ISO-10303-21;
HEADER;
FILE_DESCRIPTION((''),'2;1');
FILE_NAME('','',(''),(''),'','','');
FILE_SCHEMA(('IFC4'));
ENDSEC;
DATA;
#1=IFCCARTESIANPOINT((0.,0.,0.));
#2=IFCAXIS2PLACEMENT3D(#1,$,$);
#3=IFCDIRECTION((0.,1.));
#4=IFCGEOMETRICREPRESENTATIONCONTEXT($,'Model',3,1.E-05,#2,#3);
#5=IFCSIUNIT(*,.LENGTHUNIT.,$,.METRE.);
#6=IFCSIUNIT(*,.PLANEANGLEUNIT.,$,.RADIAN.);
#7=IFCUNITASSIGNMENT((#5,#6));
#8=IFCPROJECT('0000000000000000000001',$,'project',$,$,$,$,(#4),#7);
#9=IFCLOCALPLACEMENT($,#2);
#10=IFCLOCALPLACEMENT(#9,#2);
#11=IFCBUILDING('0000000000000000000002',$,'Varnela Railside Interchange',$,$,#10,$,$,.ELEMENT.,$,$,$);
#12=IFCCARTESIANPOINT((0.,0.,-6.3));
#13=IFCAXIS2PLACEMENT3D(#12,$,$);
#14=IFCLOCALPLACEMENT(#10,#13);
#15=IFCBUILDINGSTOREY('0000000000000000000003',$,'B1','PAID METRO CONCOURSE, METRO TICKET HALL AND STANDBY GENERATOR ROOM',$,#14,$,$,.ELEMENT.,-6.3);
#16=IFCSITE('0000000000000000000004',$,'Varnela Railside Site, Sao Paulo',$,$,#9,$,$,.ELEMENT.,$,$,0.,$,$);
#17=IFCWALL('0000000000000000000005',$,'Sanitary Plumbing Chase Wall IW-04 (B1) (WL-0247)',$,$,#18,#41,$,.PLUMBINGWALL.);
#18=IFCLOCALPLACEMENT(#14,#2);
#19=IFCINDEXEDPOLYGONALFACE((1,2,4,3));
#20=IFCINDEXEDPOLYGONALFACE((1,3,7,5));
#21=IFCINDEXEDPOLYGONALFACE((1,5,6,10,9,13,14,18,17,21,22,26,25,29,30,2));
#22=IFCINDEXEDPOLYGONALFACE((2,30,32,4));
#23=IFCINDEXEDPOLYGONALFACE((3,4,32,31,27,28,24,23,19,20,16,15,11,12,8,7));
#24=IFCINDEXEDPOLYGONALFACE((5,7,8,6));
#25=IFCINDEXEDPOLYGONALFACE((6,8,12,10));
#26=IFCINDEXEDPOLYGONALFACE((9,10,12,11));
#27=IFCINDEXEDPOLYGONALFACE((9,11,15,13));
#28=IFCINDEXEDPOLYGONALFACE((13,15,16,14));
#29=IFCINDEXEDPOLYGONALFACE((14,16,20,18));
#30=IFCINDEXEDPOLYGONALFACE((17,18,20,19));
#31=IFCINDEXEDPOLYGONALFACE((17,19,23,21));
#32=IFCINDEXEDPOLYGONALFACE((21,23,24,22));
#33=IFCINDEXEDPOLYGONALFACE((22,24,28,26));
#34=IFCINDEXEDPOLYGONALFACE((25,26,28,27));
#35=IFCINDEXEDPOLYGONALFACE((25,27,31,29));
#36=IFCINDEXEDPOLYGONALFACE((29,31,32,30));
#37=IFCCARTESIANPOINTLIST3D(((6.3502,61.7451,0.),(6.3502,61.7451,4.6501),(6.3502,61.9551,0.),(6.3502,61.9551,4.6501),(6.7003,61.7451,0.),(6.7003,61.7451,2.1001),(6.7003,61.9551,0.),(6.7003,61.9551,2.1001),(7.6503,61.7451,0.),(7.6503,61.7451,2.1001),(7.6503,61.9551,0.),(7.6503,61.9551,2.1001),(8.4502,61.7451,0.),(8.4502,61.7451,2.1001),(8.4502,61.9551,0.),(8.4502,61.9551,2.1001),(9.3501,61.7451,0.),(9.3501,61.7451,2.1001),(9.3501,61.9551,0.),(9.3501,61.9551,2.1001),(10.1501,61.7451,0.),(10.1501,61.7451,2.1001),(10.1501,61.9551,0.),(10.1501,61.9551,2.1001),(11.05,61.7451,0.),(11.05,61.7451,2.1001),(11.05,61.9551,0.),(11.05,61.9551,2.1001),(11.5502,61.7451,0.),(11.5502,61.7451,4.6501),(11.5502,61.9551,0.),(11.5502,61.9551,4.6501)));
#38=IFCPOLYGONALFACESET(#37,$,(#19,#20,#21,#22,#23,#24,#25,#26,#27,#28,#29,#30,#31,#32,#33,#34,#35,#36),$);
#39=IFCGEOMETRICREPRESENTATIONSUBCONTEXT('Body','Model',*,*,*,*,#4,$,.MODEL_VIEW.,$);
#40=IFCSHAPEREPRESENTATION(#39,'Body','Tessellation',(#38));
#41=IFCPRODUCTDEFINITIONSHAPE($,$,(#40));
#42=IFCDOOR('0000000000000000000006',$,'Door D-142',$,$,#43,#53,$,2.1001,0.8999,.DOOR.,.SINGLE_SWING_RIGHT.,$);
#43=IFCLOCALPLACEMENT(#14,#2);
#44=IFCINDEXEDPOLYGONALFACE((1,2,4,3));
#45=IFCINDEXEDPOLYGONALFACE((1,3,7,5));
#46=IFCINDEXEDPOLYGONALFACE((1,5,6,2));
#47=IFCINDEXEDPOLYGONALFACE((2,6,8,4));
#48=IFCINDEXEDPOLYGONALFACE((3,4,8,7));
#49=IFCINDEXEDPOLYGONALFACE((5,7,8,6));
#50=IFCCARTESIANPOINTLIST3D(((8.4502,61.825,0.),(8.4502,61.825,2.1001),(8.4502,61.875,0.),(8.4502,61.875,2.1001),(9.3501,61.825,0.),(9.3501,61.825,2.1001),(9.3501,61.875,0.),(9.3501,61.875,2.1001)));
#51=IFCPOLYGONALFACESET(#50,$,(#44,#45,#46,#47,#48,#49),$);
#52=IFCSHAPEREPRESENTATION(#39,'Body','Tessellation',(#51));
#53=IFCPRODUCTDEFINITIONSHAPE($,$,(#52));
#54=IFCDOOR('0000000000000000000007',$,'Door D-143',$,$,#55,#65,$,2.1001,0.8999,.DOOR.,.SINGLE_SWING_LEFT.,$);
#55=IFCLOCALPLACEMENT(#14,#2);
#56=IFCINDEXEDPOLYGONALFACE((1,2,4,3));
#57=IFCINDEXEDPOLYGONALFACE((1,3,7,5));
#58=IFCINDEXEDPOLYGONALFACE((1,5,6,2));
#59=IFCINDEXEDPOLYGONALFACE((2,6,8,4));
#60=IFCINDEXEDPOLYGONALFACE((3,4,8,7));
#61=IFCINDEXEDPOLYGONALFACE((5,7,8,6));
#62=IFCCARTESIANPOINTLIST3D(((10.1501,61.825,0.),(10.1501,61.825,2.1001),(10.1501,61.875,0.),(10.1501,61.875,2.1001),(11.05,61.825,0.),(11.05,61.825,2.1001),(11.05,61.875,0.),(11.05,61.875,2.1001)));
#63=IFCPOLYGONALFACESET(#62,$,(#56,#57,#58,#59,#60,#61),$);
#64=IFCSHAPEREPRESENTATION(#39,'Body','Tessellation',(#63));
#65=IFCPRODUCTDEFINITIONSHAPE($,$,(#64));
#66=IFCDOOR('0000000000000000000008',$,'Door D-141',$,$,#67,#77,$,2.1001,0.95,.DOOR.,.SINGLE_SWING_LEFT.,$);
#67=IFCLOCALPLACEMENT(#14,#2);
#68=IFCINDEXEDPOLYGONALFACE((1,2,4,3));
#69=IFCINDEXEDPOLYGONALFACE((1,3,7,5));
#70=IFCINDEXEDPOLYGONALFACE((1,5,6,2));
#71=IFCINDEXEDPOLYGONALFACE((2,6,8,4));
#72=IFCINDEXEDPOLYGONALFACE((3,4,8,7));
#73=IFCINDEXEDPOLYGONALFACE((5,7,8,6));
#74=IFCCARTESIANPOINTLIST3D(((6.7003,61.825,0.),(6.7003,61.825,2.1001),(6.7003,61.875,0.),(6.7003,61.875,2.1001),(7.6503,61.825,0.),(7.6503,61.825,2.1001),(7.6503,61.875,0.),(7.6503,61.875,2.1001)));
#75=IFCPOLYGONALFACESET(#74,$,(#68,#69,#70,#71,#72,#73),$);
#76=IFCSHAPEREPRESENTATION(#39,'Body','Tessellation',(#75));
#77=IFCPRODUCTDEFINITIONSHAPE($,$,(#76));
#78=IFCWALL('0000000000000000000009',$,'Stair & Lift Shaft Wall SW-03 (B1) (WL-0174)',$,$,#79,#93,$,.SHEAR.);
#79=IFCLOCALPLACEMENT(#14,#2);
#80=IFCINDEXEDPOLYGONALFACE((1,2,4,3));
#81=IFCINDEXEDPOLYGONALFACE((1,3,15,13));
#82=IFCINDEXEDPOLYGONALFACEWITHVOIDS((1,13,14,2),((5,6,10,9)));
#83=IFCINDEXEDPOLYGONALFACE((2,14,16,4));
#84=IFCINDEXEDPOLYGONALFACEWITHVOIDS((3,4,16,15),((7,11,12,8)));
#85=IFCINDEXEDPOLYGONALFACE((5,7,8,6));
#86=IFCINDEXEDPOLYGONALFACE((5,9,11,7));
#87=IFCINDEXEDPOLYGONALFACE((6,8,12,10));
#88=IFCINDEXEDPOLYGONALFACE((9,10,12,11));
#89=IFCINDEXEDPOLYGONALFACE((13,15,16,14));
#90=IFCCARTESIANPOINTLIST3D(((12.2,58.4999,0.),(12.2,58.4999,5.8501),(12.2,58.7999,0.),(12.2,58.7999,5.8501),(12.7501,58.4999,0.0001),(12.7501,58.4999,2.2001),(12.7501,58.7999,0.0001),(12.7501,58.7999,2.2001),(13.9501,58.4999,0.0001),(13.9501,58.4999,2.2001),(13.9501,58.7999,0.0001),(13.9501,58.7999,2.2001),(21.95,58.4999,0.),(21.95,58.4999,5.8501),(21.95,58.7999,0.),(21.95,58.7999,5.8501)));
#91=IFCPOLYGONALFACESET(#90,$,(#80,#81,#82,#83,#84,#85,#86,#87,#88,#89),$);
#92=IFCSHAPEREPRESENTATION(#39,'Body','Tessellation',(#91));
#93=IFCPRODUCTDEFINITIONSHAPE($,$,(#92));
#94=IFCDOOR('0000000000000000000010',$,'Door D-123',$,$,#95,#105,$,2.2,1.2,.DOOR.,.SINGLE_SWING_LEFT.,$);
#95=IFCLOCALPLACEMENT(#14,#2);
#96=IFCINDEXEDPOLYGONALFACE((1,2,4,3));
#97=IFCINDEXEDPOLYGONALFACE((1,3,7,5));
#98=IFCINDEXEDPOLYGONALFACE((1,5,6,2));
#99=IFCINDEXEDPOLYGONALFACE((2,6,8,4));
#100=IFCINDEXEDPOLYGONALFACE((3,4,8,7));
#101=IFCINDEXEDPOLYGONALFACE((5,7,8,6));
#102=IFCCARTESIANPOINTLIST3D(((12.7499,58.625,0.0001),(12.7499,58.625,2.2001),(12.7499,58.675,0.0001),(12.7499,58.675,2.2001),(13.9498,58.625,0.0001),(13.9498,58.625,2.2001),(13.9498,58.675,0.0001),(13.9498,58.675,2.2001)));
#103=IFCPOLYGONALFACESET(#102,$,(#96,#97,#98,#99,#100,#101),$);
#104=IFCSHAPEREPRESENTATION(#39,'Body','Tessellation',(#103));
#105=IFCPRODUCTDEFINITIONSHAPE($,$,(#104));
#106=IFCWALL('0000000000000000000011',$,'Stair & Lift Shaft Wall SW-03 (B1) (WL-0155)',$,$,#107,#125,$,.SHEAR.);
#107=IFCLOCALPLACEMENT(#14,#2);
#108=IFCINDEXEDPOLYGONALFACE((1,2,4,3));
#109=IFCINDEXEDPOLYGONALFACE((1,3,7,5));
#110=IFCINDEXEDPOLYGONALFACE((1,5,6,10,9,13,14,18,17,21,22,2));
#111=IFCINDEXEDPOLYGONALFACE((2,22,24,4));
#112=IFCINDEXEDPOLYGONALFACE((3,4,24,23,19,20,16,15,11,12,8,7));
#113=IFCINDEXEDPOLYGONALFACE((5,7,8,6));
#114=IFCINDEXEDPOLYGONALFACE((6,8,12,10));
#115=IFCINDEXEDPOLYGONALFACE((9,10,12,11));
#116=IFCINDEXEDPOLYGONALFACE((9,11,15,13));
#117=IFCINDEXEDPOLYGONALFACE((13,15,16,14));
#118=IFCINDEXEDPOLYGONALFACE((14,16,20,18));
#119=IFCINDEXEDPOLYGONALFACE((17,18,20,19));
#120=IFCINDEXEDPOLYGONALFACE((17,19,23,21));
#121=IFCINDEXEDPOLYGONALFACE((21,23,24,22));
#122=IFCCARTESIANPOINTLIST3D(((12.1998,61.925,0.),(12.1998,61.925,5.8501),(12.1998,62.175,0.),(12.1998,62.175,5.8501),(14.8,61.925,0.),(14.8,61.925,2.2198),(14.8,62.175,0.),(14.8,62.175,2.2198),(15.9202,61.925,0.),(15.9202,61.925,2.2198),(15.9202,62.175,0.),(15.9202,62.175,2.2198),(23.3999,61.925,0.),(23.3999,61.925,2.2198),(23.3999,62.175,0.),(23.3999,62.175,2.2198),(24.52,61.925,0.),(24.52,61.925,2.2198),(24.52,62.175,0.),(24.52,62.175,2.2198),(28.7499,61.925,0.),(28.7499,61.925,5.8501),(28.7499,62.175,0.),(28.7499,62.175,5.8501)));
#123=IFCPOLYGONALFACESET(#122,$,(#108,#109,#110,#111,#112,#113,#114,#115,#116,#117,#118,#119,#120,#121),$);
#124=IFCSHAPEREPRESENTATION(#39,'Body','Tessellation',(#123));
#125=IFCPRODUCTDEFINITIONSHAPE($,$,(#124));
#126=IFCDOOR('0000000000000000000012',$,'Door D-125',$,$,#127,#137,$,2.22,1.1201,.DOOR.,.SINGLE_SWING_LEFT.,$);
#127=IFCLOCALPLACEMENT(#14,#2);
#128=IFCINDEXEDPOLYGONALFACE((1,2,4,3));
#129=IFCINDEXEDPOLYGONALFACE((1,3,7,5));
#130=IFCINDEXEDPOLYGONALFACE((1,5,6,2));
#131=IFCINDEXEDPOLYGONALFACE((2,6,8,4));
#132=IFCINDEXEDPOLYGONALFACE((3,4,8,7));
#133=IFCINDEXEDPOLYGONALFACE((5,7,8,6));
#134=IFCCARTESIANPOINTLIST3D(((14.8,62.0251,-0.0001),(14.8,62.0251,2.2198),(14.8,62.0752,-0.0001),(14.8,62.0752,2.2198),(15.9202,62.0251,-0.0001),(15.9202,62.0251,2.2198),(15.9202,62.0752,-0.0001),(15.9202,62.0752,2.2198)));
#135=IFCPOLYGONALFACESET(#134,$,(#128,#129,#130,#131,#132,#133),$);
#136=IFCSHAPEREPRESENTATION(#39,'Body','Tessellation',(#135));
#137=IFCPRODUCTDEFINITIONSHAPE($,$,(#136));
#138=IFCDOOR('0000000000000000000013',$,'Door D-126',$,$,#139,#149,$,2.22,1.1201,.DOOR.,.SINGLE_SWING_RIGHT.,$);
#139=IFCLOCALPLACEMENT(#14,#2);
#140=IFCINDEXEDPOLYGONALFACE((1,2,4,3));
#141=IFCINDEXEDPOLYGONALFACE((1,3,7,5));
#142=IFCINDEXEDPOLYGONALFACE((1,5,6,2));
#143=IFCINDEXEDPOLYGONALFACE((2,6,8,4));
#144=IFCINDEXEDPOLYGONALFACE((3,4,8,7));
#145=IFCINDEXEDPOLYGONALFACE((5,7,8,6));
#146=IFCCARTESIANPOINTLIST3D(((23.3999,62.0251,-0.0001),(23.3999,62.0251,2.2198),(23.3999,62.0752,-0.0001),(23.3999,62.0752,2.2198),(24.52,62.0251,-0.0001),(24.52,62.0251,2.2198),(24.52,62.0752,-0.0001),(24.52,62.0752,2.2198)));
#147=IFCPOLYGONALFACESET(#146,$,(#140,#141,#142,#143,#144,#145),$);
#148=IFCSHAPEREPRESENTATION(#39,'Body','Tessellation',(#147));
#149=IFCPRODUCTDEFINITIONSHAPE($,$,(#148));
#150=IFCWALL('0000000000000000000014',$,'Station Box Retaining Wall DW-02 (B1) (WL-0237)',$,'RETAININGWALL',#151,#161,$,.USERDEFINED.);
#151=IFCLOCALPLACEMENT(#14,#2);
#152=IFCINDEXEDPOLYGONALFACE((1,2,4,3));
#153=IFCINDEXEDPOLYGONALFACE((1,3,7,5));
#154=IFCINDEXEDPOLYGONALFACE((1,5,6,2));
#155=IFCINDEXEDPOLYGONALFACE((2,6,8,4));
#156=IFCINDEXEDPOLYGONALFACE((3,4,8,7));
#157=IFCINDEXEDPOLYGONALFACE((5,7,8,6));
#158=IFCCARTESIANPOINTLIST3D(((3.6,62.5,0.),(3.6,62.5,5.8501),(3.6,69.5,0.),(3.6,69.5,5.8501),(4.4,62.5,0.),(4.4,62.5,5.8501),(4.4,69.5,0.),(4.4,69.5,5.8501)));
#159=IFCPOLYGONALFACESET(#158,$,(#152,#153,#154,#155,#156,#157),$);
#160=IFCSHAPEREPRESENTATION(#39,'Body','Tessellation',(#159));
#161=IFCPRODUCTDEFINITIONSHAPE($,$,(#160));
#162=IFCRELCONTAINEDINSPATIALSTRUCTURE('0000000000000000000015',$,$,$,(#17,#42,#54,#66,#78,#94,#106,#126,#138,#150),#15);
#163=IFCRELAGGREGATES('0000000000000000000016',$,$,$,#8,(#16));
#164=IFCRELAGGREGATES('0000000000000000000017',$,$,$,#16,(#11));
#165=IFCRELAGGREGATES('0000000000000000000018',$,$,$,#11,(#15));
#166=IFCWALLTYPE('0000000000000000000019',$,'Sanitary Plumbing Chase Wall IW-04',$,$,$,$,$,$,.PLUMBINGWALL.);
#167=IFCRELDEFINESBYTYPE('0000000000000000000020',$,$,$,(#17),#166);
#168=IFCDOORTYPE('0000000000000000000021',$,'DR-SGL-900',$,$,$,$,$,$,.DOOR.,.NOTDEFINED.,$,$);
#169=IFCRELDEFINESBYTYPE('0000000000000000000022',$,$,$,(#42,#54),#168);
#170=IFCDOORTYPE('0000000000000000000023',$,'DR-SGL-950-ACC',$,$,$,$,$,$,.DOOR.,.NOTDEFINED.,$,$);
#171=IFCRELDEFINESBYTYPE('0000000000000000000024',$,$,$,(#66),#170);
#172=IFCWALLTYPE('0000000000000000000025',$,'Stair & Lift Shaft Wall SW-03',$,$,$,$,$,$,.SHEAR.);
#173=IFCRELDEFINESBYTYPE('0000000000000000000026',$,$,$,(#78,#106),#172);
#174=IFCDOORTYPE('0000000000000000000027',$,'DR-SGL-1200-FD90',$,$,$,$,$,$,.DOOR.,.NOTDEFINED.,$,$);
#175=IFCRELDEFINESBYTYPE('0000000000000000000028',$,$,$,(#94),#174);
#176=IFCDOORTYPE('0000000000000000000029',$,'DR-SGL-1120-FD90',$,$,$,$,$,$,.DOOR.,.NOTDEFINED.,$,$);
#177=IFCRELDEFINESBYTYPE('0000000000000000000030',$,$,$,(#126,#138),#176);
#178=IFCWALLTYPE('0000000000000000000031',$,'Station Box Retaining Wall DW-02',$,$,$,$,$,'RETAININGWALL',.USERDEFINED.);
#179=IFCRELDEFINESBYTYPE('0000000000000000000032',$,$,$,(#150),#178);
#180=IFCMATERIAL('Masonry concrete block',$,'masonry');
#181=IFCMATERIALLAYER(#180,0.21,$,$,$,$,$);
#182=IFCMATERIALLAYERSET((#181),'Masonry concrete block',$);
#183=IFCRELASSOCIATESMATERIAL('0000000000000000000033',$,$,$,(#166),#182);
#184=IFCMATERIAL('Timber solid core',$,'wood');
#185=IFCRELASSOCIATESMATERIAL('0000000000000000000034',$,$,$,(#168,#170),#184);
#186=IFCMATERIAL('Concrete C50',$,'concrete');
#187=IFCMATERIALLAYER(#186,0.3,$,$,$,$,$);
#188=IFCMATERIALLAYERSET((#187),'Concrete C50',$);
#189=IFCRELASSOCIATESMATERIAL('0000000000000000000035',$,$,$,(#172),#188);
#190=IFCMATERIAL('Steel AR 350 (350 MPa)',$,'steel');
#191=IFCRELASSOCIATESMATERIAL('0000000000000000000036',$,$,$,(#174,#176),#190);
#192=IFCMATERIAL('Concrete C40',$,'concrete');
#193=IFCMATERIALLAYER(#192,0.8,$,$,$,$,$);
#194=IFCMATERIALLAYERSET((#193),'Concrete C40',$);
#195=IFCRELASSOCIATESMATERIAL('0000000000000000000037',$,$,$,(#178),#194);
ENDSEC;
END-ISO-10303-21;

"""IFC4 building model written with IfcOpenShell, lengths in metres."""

from ifc_helpers import new_model, si_unit, direction, frame, frame_2d, origin, place, context, subcontext, project, spatial, rectangle, extrude, material, layer, layer_set, type_object, element, fill, save


model = new_model("IFC4")

# Units and contexts
model_context = context("Model", 3, precision=1e-05, world=origin(), true_north=direction((0.0, 1.0)))
body_context = subcontext(model_context, "Body", "Model", "MODEL_VIEW")
ifc_project = project(units=[si_unit("LENGTHUNIT", "METRE"), si_unit("PLANEANGLEUNIT", "RADIAN")], contexts=[model_context])

# Site, building, storey
site_placement = place(None, origin())
site = spatial("IfcSite", under=ifc_project, at=site_placement, Name="Varnela Railside Site, Sao Paulo", CompositionType="ELEMENT", RefElevation=0.0)
building_placement = place(site_placement, origin())
building = spatial("IfcBuilding", under=site, at=building_placement, Name="Varnela Railside Interchange", CompositionType="ELEMENT")
storey_placement = place(building_placement, frame((0.0, 0.0, -6.3)))
storey = spatial("IfcBuildingStorey", under=building, at=storey_placement, Name="B1", Description="PAID METRO CONCOURSE, METRO TICKET HALL AND STANDBY GENERATOR ROOM", CompositionType="ELEMENT", Elevation=-6.3)

# Shared definitions
ifc_material_1 = material(Name="Concrete C50", Category="concrete")

# Shared definitions
ifc_material_2 = material(Name="Concrete C40", Category="concrete")

# Shared definitions
ifc_material_3 = material(Name="Steel AR 350 (350 MPa)", Category="steel")

# Wall, openings, doors
ifc_material_4 = material(Name="Masonry concrete block", Category="masonry")
ifc_layer_1 = layer(ifc_material_4, 0.21)
ifc_layer_set_1 = layer_set([ifc_layer_1], Name="Masonry concrete block")
wall_type_1 = type_object("IfcWallType", Name="Sanitary Plumbing Chase Wall IW-04", PredefinedType="PLUMBINGWALL", material=ifc_layer_set_1)
wall_1_placement = place(storey_placement, frame((6.3501, 61.8501, 0.0), z_axis=(0.0, 0.0, 1.0), x_axis=(1.0, 0.0, 0.0)))
wall_1 = element("IfcWall", 1, at=wall_1_placement, inside=storey, type_object=wall_type_1, Name="Sanitary Plumbing Chase Wall IW-04 (B1) (WL-0247)", PredefinedType="PLUMBINGWALL", context=body_context, shape_type="SweptSolid", body=[
    extrude(rectangle(XDim=5.2, YDim=0.21, at=frame_2d((2.6001, 0.0))), origin(), (0.0, 0.0, 1.0), 4.6501),
])
opening_1_placement = place(wall_1_placement, frame((0.3501, 0.0, 0.0)))
opening_1 = element("IfcOpeningElement", 2, at=opening_1_placement, cuts=wall_1, PredefinedType="OPENING", context=body_context, shape_type="SweptSolid", body=[
    extrude(rectangle(XDim=0.95, YDim=2.1001, at=frame_2d((0.4751, 1.05))), frame((0.0, 0.115, 0.0), z_axis=(0.0, -1.0, 0.0), x_axis=(1.0, 0.0, 0.0)), (0.0, 0.0, 1.0), 0.23),
])
opening_2_placement = place(wall_1_placement, frame((2.1001, 0.0, 0.0)))
opening_2 = element("IfcOpeningElement", 3, at=opening_2_placement, cuts=wall_1, PredefinedType="OPENING", context=body_context, shape_type="SweptSolid", body=[
    extrude(rectangle(XDim=0.8999, YDim=2.1001, at=frame_2d((0.45, 1.05))), frame((0.0, 0.115, 0.0), z_axis=(0.0, -1.0, 0.0), x_axis=(1.0, 0.0, 0.0)), (0.0, 0.0, 1.0), 0.23),
])
opening_3_placement = place(wall_1_placement, frame((3.8, 0.0, 0.0)))
opening_3 = element("IfcOpeningElement", 4, at=opening_3_placement, cuts=wall_1, PredefinedType="OPENING", context=body_context, shape_type="SweptSolid", body=[
    extrude(rectangle(XDim=0.8999, YDim=2.1001, at=frame_2d((0.45, 1.05))), frame((0.0, 0.115, 0.0), z_axis=(0.0, -1.0, 0.0), x_axis=(1.0, 0.0, 0.0)), (0.0, 0.0, 1.0), 0.23),
])
ifc_material_5 = material(Name="Timber solid core", Category="wood")
door_type_1 = type_object("IfcDoorType", Name="DR-SGL-900", OperationType="NOTDEFINED", PredefinedType="DOOR", material=ifc_material_5)
door_1_placement = place(opening_2_placement, origin())
door_1 = element("IfcDoor", 5, at=door_1_placement, inside=storey, type_object=door_type_1, Name="Door D-142", OperationType="SINGLE_SWING_RIGHT", OverallHeight=2.1001, OverallWidth=0.8999, PredefinedType="DOOR", context=body_context, shape_type="SweptSolid", body=[
    extrude(rectangle(XDim=0.8999, YDim=2.1001, at=frame_2d((0.45, 1.05))), frame((0.0, 0.0249, 0.0), z_axis=(0.0, -1.0, 0.0), x_axis=(1.0, 0.0, 0.0)), (0.0, 0.0, 1.0), 0.05),
])
fill(opening_2, door_1)
door_2_placement = place(opening_3_placement, origin())
door_2 = element("IfcDoor", 6, at=door_2_placement, inside=storey, type_object=door_type_1, Name="Door D-143", OperationType="SINGLE_SWING_LEFT", OverallHeight=2.1001, OverallWidth=0.8999, PredefinedType="DOOR", context=body_context, shape_type="SweptSolid", body=[
    extrude(rectangle(XDim=0.8999, YDim=2.1001, at=frame_2d((0.45, 1.05))), frame((0.0, 0.0249, 0.0), z_axis=(0.0, -1.0, 0.0), x_axis=(1.0, 0.0, 0.0)), (0.0, 0.0, 1.0), 0.05),
])
fill(opening_3, door_2)
door_type_2 = type_object("IfcDoorType", Name="DR-SGL-950-ACC", OperationType="NOTDEFINED", PredefinedType="DOOR", material=ifc_material_5)
door_3_placement = place(opening_1_placement, origin())
door_3 = element("IfcDoor", 7, at=door_3_placement, inside=storey, type_object=door_type_2, Name="Door D-141", OperationType="SINGLE_SWING_LEFT", OverallHeight=2.1001, OverallWidth=0.95, PredefinedType="DOOR", context=body_context, shape_type="SweptSolid", body=[
    extrude(rectangle(XDim=0.95, YDim=2.1001, at=frame_2d((0.4751, 1.05))), frame((0.0, 0.0249, 0.0), z_axis=(0.0, -1.0, 0.0), x_axis=(1.0, 0.0, 0.0)), (0.0, 0.0, 1.0), 0.05),
])
fill(opening_1, door_3)

# Wall, opening, door
ifc_layer_2 = layer(ifc_material_1, 0.3)
ifc_layer_set_2 = layer_set([ifc_layer_2], Name="Concrete C50")
wall_type_2 = type_object("IfcWallType", Name="Stair & Lift Shaft Wall SW-03", PredefinedType="SHEAR", material=ifc_layer_set_2)
wall_2_placement = place(storey_placement, frame((12.2, 58.6499, 0.0), z_axis=(0.0, 0.0, 1.0), x_axis=(1.0, 0.0, 0.0)))
wall_2 = element("IfcWall", 8, at=wall_2_placement, inside=storey, type_object=wall_type_2, Name="Stair & Lift Shaft Wall SW-03 (B1) (WL-0174)", PredefinedType="SHEAR", context=body_context, shape_type="SweptSolid", body=[
    extrude(rectangle(XDim=9.75, YDim=0.3, at=frame_2d((4.875, 0.0))), origin(), (0.0, 0.0, 1.0), 5.8501),
])
opening_4_placement = place(wall_2_placement, frame((0.55, 0.0, 0.0)))
opening_4 = element("IfcOpeningElement", 9, at=opening_4_placement, cuts=wall_2, PredefinedType="OPENING", context=body_context, shape_type="SweptSolid", body=[
    extrude(rectangle(XDim=1.2, YDim=2.2, at=frame_2d((0.6001, 1.1001))), frame((0.0, 0.1599, 0.0), z_axis=(0.0, -1.0, 0.0), x_axis=(1.0, 0.0, 0.0)), (0.0, 0.0, 1.0), 0.3201),
])
door_type_3 = type_object("IfcDoorType", Name="DR-SGL-1200-FD90", OperationType="NOTDEFINED", PredefinedType="DOOR", material=ifc_material_3)
door_4_placement = place(opening_4_placement, frame((1.2, 0.0, 0.0), z_axis=(0.0, 0.0, 1.0), x_axis=(-1.0, 0.0, 0.0)))
door_4 = element("IfcDoor", 10, at=door_4_placement, inside=storey, type_object=door_type_3, Name="Door D-123", OperationType="SINGLE_SWING_LEFT", OverallHeight=2.2, OverallWidth=1.2, PredefinedType="DOOR", context=body_context, shape_type="SweptSolid", body=[
    extrude(rectangle(XDim=1.2, YDim=2.2, at=frame_2d((0.6001, 1.1001))), frame((0.0, 0.0249, 0.0), z_axis=(0.0, -1.0, 0.0), x_axis=(1.0, 0.0, 0.0)), (0.0, 0.0, 1.0), 0.05),
])
fill(opening_4, door_4)

# Wall, openings, doors
wall_3_placement = place(storey_placement, frame((12.2, 62.05, 0.0), z_axis=(0.0, 0.0, 1.0), x_axis=(1.0, 0.0, 0.0)))
wall_3 = element("IfcWall", 11, at=wall_3_placement, inside=storey, type_object=wall_type_2, Name="Stair & Lift Shaft Wall SW-03 (B1) (WL-0155)", PredefinedType="SHEAR", context=body_context, shape_type="SweptSolid", body=[
    extrude(rectangle(XDim=16.55, YDim=0.25, at=frame_2d((8.2749, 0.0))), origin(), (0.0, 0.0, 1.0), 5.8501),
])
opening_5_placement = place(wall_3_placement, frame((2.6001, 0.0, 0.0)))
opening_5 = element("IfcOpeningElement", 12, at=opening_5_placement, cuts=wall_3, PredefinedType="OPENING", context=body_context, shape_type="SweptSolid", body=[
    extrude(rectangle(XDim=1.1201, YDim=2.22, at=frame_2d((0.5601, 1.1099))), frame((0.0, 0.135, 0.0), z_axis=(0.0, -1.0, 0.0), x_axis=(1.0, 0.0, 0.0)), (0.0, 0.0, 1.0), 0.27),
])
opening_6_placement = place(wall_3_placement, frame((11.2, 0.0, 0.0)))
opening_6 = element("IfcOpeningElement", 13, at=opening_6_placement, cuts=wall_3, PredefinedType="OPENING", context=body_context, shape_type="SweptSolid", body=[
    extrude(rectangle(XDim=1.1201, YDim=2.22, at=frame_2d((0.5601, 1.1099))), frame((0.0, 0.135, 0.0), z_axis=(0.0, -1.0, 0.0), x_axis=(1.0, 0.0, 0.0)), (0.0, 0.0, 1.0), 0.27),
])
door_type_4 = type_object("IfcDoorType", Name="DR-SGL-1120-FD90", OperationType="NOTDEFINED", PredefinedType="DOOR", material=ifc_material_3)
door_5_placement = place(opening_5_placement, frame((1.1201, 0.0, 0.0), z_axis=(0.0, 0.0, 1.0), x_axis=(-1.0, 0.0, 0.0)))
door_5 = element("IfcDoor", 14, at=door_5_placement, inside=storey, type_object=door_type_4, Name="Door D-125", OperationType="SINGLE_SWING_LEFT", OverallHeight=2.22, OverallWidth=1.1201, PredefinedType="DOOR", context=body_context, shape_type="SweptSolid", body=[
    extrude(rectangle(XDim=1.1201, YDim=2.22, at=frame_2d((0.5601, 1.1099))), frame((0.0, 0.0249, 0.0), z_axis=(0.0, -1.0, 0.0), x_axis=(1.0, 0.0, 0.0)), (0.0, 0.0, 1.0), 0.05),
])
fill(opening_5, door_5)
door_6_placement = place(opening_6_placement, frame((1.1201, 0.0, 0.0), z_axis=(0.0, 0.0, 1.0), x_axis=(-1.0, 0.0, 0.0)))
door_6 = element("IfcDoor", 15, at=door_6_placement, inside=storey, type_object=door_type_4, Name="Door D-126", OperationType="SINGLE_SWING_RIGHT", OverallHeight=2.22, OverallWidth=1.1201, PredefinedType="DOOR", context=body_context, shape_type="SweptSolid", body=[
    extrude(rectangle(XDim=1.1201, YDim=2.22, at=frame_2d((0.5601, 1.1099))), frame((0.0, 0.0249, 0.0), z_axis=(0.0, -1.0, 0.0), x_axis=(1.0, 0.0, 0.0)), (0.0, 0.0, 1.0), 0.05),
])
fill(opening_6, door_6)

# Wall
ifc_layer_3 = layer(ifc_material_2, 0.8)
ifc_layer_set_3 = layer_set([ifc_layer_3], Name="Concrete C40")
wall_type_3 = type_object("IfcWallType", Name="Station Box Retaining Wall DW-02", ElementType="RETAININGWALL", PredefinedType="USERDEFINED", material=ifc_layer_set_3)
for number, where, z_axis, x_axis, name in (
    (16, (4.0, 69.5, 0.0), (0.0, 0.0, 1.0), (0.0, -1.0, 0.0), "Station Box Retaining Wall DW-02 (B1) (WL-0237)"),
):
    element("IfcWall", number, at=place(storey_placement, frame(where, z_axis=z_axis, x_axis=x_axis)), inside=storey, type_object=wall_type_3, Name=name, ObjectType="RETAININGWALL", PredefinedType="USERDEFINED", context=body_context, shape_type="SweptSolid", body=[
        extrude(rectangle(XDim=7.0, YDim=0.8, at=frame_2d((3.5, 0.0))), origin(), (0.0, 0.0, 1.0), 5.8501),
    ])

save(model, "model.ifc")
